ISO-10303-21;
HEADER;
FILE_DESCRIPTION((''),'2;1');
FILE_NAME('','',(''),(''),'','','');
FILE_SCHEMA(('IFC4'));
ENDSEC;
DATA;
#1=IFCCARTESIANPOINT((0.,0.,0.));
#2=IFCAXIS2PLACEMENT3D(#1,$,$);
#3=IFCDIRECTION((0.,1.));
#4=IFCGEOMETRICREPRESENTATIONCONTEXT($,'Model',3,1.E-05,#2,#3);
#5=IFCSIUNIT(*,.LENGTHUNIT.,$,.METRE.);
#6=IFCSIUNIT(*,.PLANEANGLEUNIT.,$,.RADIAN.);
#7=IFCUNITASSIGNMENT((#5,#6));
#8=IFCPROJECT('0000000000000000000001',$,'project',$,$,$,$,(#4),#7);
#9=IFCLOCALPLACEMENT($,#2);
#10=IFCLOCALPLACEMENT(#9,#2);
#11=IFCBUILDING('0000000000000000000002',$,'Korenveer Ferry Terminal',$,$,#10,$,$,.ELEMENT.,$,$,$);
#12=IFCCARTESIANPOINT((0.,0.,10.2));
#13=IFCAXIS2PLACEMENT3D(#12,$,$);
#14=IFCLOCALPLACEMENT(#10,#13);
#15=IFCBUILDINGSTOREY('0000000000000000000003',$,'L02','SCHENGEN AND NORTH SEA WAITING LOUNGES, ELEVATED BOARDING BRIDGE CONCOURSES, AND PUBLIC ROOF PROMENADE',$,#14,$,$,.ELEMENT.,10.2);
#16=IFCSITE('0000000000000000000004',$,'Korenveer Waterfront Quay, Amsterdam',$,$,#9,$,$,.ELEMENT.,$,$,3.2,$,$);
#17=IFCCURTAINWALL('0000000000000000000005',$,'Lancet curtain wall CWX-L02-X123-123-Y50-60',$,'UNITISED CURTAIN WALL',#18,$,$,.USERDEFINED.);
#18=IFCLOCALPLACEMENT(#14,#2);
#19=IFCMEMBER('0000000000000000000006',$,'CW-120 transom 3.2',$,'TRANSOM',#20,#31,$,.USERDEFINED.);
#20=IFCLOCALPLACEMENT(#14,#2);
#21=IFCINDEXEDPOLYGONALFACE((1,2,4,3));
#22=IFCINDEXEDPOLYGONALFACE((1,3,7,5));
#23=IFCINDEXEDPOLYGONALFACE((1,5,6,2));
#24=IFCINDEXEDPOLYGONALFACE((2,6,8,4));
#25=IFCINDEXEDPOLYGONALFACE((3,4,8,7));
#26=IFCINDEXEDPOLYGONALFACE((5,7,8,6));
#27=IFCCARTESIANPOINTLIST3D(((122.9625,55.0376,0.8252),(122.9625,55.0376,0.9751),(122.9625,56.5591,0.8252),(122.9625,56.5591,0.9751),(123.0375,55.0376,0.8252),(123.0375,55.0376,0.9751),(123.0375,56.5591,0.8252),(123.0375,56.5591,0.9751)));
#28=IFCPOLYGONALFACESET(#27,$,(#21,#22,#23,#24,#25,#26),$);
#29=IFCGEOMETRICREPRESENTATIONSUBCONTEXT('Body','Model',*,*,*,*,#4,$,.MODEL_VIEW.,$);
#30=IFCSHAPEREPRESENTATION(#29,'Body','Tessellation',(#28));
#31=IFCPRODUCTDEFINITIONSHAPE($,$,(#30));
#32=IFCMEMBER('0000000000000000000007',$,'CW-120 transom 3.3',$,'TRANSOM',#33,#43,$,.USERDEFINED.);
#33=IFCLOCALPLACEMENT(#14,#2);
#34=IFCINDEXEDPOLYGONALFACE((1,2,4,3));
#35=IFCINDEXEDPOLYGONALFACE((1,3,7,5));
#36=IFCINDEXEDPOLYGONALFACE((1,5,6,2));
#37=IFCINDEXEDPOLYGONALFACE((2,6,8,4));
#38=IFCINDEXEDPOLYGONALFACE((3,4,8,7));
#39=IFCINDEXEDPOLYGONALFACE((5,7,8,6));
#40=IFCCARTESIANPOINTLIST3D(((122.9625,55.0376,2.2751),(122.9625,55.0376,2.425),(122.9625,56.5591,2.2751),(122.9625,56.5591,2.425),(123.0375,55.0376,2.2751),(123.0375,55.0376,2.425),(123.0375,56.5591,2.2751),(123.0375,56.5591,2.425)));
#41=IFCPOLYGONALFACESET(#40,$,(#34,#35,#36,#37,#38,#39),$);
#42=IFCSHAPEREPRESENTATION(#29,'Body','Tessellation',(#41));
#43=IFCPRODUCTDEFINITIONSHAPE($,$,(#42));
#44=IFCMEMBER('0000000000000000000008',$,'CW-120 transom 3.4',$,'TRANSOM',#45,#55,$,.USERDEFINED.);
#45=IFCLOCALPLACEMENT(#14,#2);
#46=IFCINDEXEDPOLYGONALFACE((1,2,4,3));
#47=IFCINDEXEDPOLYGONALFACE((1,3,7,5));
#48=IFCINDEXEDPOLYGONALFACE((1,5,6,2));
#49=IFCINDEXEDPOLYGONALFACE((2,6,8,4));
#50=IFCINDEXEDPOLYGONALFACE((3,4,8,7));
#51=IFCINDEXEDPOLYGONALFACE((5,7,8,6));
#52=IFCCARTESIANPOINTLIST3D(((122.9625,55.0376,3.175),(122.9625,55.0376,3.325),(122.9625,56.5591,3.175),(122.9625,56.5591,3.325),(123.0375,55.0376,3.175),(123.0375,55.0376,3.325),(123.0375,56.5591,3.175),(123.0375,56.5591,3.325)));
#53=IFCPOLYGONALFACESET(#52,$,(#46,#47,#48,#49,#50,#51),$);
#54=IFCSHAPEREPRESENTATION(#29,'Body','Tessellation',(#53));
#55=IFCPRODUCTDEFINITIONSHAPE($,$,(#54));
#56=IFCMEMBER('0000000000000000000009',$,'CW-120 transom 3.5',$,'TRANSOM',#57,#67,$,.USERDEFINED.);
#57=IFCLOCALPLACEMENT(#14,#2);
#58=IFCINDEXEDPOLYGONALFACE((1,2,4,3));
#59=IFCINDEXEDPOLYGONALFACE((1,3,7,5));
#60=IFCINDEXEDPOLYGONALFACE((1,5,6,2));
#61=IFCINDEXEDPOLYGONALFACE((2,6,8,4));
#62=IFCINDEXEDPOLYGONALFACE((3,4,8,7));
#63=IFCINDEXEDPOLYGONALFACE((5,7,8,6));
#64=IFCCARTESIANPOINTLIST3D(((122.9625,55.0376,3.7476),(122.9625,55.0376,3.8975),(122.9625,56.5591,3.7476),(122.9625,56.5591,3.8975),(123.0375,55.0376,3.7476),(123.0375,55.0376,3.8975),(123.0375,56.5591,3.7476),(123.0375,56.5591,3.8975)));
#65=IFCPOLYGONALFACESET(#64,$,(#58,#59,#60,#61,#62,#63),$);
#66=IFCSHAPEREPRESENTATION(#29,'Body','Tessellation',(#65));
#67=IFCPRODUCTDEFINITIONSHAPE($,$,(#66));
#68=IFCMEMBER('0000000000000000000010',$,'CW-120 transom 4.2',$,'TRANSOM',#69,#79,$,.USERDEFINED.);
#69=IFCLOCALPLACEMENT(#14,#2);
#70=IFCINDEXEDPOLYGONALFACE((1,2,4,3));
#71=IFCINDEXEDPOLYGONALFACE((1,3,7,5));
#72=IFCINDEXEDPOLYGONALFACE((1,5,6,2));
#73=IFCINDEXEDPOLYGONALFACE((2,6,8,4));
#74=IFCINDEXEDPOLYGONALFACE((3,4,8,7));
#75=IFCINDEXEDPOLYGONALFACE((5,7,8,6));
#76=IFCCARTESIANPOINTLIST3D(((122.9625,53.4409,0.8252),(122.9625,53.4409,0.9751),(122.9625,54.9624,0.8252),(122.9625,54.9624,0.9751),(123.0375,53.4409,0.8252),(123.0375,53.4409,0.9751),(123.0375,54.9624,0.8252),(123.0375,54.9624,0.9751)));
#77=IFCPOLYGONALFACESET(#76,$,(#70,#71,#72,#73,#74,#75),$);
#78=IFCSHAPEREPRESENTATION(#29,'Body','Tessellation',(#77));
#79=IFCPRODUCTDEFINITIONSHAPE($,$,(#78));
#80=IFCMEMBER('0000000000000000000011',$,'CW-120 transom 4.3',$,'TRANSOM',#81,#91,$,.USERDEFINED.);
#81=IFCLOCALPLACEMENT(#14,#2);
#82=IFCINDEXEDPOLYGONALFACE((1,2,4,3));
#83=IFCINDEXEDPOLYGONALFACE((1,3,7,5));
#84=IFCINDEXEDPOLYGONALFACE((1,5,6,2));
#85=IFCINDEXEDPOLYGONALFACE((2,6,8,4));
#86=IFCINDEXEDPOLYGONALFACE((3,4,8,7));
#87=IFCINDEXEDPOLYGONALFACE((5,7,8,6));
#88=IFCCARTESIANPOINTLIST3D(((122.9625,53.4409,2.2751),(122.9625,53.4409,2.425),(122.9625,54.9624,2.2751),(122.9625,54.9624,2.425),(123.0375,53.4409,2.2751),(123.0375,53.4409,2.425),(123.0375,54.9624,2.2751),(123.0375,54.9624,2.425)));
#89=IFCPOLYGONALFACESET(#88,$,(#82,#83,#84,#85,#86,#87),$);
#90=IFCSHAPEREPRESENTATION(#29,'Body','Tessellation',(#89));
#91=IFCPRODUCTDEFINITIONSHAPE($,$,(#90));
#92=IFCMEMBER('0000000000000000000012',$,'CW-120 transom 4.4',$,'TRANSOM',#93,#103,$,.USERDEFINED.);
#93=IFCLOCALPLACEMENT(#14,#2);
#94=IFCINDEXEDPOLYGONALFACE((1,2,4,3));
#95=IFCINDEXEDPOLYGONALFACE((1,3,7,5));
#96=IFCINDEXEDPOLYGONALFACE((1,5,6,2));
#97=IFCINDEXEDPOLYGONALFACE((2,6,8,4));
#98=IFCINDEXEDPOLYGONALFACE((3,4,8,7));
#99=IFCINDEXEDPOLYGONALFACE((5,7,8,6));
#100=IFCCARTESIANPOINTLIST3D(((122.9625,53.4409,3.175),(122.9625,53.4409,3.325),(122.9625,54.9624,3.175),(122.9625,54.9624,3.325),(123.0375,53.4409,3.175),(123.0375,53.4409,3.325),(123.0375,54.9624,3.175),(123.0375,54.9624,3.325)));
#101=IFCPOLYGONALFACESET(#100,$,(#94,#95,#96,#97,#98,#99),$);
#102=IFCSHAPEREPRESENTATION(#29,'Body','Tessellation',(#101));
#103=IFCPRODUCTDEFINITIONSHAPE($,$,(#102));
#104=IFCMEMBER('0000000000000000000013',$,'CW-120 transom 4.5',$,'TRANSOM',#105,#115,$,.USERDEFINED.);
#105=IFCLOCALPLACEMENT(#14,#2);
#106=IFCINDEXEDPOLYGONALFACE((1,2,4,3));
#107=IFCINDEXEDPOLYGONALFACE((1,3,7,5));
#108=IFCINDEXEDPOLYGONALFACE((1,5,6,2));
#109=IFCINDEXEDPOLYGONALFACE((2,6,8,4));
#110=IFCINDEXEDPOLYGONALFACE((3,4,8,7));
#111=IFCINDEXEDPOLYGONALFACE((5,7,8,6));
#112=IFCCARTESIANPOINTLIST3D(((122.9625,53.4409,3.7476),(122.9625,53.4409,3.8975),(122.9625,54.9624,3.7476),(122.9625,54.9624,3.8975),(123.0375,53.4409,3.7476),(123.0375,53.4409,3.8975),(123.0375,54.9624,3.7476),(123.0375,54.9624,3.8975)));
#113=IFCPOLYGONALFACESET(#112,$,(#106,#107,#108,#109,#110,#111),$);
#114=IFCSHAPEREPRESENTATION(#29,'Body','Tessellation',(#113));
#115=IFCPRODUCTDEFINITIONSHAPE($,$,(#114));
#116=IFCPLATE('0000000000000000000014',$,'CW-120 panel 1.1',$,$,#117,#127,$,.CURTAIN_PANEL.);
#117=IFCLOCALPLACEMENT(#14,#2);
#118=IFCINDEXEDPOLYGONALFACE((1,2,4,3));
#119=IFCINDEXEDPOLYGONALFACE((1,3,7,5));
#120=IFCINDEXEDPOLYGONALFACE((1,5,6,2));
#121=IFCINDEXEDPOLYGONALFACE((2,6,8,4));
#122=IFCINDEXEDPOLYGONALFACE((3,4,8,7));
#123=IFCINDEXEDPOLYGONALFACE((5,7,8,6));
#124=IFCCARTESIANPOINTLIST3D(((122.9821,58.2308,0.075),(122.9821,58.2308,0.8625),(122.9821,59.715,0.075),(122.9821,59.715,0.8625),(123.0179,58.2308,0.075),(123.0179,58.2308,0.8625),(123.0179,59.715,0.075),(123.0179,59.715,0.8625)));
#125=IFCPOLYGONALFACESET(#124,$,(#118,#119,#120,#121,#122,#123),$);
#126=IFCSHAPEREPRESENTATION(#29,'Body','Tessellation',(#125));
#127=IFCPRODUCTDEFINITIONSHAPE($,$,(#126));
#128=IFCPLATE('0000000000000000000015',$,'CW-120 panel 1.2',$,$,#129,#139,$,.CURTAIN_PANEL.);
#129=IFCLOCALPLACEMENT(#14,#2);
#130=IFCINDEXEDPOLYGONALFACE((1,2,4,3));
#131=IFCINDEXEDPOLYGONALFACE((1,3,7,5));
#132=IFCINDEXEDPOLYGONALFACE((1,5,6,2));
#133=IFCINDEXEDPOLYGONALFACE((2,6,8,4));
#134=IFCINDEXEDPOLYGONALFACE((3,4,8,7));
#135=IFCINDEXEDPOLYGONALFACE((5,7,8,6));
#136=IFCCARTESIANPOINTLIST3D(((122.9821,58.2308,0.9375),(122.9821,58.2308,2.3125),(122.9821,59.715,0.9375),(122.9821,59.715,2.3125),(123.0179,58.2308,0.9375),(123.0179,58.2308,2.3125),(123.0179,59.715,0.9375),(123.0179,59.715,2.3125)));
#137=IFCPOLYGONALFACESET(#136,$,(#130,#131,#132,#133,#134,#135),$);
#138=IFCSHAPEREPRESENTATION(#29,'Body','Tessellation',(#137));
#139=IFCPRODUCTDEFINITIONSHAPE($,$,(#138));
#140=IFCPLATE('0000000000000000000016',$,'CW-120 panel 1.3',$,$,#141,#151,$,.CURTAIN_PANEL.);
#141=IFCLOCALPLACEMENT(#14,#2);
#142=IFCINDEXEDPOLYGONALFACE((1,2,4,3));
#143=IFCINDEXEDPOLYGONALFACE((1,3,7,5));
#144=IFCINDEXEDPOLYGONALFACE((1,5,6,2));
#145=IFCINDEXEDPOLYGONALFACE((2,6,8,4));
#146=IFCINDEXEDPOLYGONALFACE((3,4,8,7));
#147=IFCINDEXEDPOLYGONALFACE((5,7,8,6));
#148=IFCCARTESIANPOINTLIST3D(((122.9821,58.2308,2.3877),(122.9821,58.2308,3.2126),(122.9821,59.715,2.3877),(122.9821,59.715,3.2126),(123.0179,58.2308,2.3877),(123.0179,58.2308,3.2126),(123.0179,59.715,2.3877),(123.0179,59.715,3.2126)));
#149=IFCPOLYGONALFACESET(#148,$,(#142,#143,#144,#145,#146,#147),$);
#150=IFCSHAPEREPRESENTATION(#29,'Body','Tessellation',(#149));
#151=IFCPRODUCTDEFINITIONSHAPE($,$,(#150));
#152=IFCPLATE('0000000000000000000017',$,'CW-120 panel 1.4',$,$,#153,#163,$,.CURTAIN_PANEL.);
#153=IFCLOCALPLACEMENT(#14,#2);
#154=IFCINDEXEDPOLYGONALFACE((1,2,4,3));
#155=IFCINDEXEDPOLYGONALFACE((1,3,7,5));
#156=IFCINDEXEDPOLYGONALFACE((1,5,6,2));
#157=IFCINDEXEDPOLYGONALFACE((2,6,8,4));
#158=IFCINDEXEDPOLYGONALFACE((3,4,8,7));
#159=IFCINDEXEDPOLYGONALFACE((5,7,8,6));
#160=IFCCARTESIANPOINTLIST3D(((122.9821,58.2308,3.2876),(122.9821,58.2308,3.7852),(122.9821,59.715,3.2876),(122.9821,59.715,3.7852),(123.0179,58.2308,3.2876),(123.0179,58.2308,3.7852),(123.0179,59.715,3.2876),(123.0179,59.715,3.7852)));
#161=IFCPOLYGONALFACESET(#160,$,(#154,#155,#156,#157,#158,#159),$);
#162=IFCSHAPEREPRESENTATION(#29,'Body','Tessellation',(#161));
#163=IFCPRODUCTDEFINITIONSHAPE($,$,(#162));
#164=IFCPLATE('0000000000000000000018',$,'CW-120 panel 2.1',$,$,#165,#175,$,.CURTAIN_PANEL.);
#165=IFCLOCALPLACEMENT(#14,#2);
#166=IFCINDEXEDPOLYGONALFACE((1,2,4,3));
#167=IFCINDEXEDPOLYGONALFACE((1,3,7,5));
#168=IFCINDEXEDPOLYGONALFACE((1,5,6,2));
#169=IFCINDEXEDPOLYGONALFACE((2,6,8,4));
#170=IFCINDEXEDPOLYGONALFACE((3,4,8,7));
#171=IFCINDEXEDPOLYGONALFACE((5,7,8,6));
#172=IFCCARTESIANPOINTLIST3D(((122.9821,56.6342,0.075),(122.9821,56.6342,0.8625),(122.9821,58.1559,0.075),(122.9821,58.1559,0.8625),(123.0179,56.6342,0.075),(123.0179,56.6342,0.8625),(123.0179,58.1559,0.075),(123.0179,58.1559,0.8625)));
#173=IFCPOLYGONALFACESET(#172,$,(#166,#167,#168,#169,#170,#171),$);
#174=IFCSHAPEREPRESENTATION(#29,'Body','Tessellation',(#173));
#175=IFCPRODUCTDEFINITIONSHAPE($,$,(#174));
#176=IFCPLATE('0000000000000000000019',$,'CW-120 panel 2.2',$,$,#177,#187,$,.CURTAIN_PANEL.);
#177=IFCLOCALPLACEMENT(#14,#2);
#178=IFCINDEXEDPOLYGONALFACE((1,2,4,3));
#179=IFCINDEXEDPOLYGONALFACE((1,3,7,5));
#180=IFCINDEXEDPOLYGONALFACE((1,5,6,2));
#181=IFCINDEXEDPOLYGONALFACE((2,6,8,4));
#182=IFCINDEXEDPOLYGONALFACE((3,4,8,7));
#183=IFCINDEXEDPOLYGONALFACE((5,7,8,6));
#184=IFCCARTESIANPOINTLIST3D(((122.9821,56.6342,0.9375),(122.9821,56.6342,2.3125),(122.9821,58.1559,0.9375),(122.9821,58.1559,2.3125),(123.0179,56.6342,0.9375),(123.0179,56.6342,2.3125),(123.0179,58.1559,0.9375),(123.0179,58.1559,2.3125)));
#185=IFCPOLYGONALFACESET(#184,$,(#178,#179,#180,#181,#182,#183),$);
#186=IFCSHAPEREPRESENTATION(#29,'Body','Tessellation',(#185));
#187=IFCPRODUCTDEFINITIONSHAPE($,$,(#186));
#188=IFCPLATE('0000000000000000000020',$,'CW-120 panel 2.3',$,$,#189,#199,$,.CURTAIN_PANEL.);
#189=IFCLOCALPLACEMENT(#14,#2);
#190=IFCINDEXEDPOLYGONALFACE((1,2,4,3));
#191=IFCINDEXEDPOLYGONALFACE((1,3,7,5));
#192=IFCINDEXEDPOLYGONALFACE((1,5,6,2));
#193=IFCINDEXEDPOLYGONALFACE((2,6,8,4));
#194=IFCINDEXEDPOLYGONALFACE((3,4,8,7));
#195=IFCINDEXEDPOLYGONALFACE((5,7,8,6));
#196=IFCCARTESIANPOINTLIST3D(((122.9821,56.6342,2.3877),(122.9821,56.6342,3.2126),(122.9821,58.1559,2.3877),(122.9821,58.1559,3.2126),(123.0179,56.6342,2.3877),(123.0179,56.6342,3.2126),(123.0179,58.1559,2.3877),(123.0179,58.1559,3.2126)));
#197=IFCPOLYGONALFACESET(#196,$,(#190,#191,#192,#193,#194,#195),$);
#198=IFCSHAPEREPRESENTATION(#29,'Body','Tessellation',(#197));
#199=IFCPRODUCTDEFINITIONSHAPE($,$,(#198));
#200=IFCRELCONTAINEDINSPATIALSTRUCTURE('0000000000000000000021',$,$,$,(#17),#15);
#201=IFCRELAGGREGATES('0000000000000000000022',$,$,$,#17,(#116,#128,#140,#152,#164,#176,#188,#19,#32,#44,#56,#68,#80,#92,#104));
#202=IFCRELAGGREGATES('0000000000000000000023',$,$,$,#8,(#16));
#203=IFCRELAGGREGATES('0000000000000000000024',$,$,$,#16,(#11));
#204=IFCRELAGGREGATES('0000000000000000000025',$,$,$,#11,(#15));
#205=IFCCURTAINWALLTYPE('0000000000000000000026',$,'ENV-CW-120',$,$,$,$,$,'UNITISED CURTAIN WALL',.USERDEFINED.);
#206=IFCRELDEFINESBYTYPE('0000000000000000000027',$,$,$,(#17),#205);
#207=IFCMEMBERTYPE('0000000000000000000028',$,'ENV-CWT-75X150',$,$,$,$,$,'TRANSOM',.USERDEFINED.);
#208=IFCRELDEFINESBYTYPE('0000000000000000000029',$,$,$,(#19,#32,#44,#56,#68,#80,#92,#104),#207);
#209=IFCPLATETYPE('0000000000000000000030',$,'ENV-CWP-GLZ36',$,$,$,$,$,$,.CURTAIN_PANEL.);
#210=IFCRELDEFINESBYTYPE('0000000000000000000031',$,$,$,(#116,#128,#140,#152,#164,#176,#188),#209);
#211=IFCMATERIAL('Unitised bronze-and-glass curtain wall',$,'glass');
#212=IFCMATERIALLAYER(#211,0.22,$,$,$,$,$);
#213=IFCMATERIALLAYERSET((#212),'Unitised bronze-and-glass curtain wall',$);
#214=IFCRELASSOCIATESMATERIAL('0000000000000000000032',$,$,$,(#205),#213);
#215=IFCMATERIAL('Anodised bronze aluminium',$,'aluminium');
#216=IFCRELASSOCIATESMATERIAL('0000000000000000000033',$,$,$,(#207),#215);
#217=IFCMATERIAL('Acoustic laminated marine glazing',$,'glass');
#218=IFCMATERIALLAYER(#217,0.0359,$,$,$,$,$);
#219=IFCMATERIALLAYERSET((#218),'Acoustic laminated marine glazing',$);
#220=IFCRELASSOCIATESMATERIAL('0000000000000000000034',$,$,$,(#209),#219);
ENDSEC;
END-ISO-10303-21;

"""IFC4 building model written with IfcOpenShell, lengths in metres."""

from ifc_helpers import new_model, si_unit, direction, frame, origin, origin_2d, place, context, subcontext, project, spatial, rectangle, extrude, material, layer, layer_set, material_profile, profile_set, type_object, element, aggregate, save


model = new_model("IFC4")

# Units and contexts
model_context = context("Model", 3, precision=1e-05, world=origin(), true_north=direction((0.0, 1.0)))
body_context = subcontext(model_context, "Body", "Model", "MODEL_VIEW")
ifc_project = project(units=[si_unit("LENGTHUNIT", "METRE"), si_unit("PLANEANGLEUNIT", "RADIAN")], contexts=[model_context])

# Site, building, storey
site_placement = place(None, origin())
site = spatial("IfcSite", under=ifc_project, at=site_placement, Name="Korenveer Waterfront Quay, Amsterdam", CompositionType="ELEMENT", RefElevation=3.2)
building_placement = place(site_placement, origin())
building = spatial("IfcBuilding", under=site, at=building_placement, Name="Korenveer Ferry Terminal", CompositionType="ELEMENT")
storey_placement = place(building_placement, frame((0.0, 0.0, 10.2)))
storey = spatial("IfcBuildingStorey", under=building, at=storey_placement, Name="L02", Description="SCHENGEN AND NORTH SEA WAITING LOUNGES, ELEVATED BOARDING BRIDGE CONCOURSES, AND PUBLIC ROOF PROMENADE", CompositionType="ELEMENT", Elevation=10.2)

# Curtain wall, members, plates
ifc_material_1 = material(Name="Unitised bronze-and-glass curtain wall", Category="glass")
ifc_layer_1 = layer(ifc_material_1, 0.22)
ifc_layer_set_1 = layer_set([ifc_layer_1], Name="Unitised bronze-and-glass curtain wall")
curtain_wall_type = type_object("IfcCurtainWallType", Name="ENV-CW-120", ElementType="UNITISED CURTAIN WALL", PredefinedType="USERDEFINED", material=ifc_layer_set_1)
curtain_wall_placement = place(storey_placement, frame((123.0, 59.79, 0.0)))
curtain_wall = element("IfcCurtainWall", 1, at=curtain_wall_placement, inside=storey, type_object=curtain_wall_type, Name="Lancet curtain wall CWX-L02-X123-123-Y50-60", ObjectType="UNITISED CURTAIN WALL", PredefinedType="USERDEFINED")
ifc_material_2 = material(Name="Anodised bronze aluminium", Category="aluminium")
ifc_material_profile_1 = material_profile(ifc_material_2, rectangle(XDim=0.075, YDim=0.1499, at=origin_2d()), Name="ALU 75x150")
ifc_profile_set_1 = profile_set([ifc_material_profile_1], Name="Anodised bronze aluminium")
member_type_1 = type_object("IfcMemberType", Name="ENV-CWT-75X150", ElementType="TRANSOM", PredefinedType="USERDEFINED", material=ifc_profile_set_1)
member_1_placement = place(storey_placement, frame((123.0, 56.5591, 0.9001), z_axis=(0.0, -1.0, 0.0), x_axis=(1.0, 0.0, 0.0)))
member_1 = element("IfcMember", 2, at=member_1_placement, type_object=member_type_1, Name="CW-120 transom 3.2", ObjectType="TRANSOM", PredefinedType="USERDEFINED", context=body_context, shape_type="SweptSolid", body=[
    extrude(rectangle(XDim=0.075, YDim=0.1499, at=origin_2d()), origin(), (0.0, 0.0, 1.0), 1.5215),
])
member_2_placement = place(storey_placement, frame((123.0, 56.5591, 2.3501), z_axis=(0.0, -1.0, 0.0), x_axis=(1.0, 0.0, 0.0)))
member_2 = element("IfcMember", 3, at=member_2_placement, type_object=member_type_1, Name="CW-120 transom 3.3", ObjectType="TRANSOM", PredefinedType="USERDEFINED", context=body_context, shape_type="SweptSolid", body=[
    extrude(rectangle(XDim=0.075, YDim=0.1499, at=origin_2d()), origin(), (0.0, 0.0, 1.0), 1.5215),
])
member_3_placement = place(storey_placement, frame((123.0, 56.5591, 3.25), z_axis=(0.0, -1.0, 0.0), x_axis=(1.0, 0.0, 0.0)))
member_3 = element("IfcMember", 4, at=member_3_placement, type_object=member_type_1, Name="CW-120 transom 3.4", ObjectType="TRANSOM", PredefinedType="USERDEFINED", context=body_context, shape_type="SweptSolid", body=[
    extrude(rectangle(XDim=0.075, YDim=0.1499, at=origin_2d()), origin(), (0.0, 0.0, 1.0), 1.5215),
])
member_4_placement = place(storey_placement, frame((123.0, 56.5591, 3.8225), z_axis=(0.0, -1.0, 0.0), x_axis=(1.0, 0.0, 0.0)))
member_4 = element("IfcMember", 5, at=member_4_placement, type_object=member_type_1, Name="CW-120 transom 3.5", ObjectType="TRANSOM", PredefinedType="USERDEFINED", context=body_context, shape_type="SweptSolid", body=[
    extrude(rectangle(XDim=0.075, YDim=0.1499, at=origin_2d()), origin(), (0.0, 0.0, 1.0), 1.5215),
])
member_5_placement = place(storey_placement, frame((123.0, 54.9624, 0.9001), z_axis=(0.0, -1.0, 0.0), x_axis=(1.0, 0.0, 0.0)))
member_5 = element("IfcMember", 6, at=member_5_placement, type_object=member_type_1, Name="CW-120 transom 4.2", ObjectType="TRANSOM", PredefinedType="USERDEFINED", context=body_context, shape_type="SweptSolid", body=[
    extrude(rectangle(XDim=0.075, YDim=0.1499, at=origin_2d()), origin(), (0.0, 0.0, 1.0), 1.5215),
])
member_6_placement = place(storey_placement, frame((123.0, 54.9624, 2.3501), z_axis=(0.0, -1.0, 0.0), x_axis=(1.0, 0.0, 0.0)))
member_6 = element("IfcMember", 7, at=member_6_placement, type_object=member_type_1, Name="CW-120 transom 4.3", ObjectType="TRANSOM", PredefinedType="USERDEFINED", context=body_context, shape_type="SweptSolid", body=[
    extrude(rectangle(XDim=0.075, YDim=0.1499, at=origin_2d()), origin(), (0.0, 0.0, 1.0), 1.5215),
])
member_7_placement = place(storey_placement, frame((123.0, 54.9624, 3.25), z_axis=(0.0, -1.0, 0.0), x_axis=(1.0, 0.0, 0.0)))
member_7 = element("IfcMember", 8, at=member_7_placement, type_object=member_type_1, Name="CW-120 transom 4.4", ObjectType="TRANSOM", PredefinedType="USERDEFINED", context=body_context, shape_type="SweptSolid", body=[
    extrude(rectangle(XDim=0.075, YDim=0.1499, at=origin_2d()), origin(), (0.0, 0.0, 1.0), 1.5215),
])
member_8_placement = place(storey_placement, frame((123.0, 54.9624, 3.8225), z_axis=(0.0, -1.0, 0.0), x_axis=(1.0, 0.0, 0.0)))
member_8 = element("IfcMember", 9, at=member_8_placement, type_object=member_type_1, Name="CW-120 transom 4.5", ObjectType="TRANSOM", PredefinedType="USERDEFINED", context=body_context, shape_type="SweptSolid", body=[
    extrude(rectangle(XDim=0.075, YDim=0.1499, at=origin_2d()), origin(), (0.0, 0.0, 1.0), 1.5215),
])
ifc_material_3 = material(Name="Acoustic laminated marine glazing", Category="glass")
ifc_layer_2 = layer(ifc_material_3, 0.0359)
ifc_layer_set_2 = layer_set([ifc_layer_2], Name="Acoustic laminated marine glazing")
plate_type = type_object("IfcPlateType", Name="ENV-CWP-GLZ36", PredefinedType="CURTAIN_PANEL", material=ifc_layer_set_2)
plate_1_placement = place(storey_placement, frame((123.0, 58.9729, 0.075), z_axis=(0.0, 0.0, 1.0), x_axis=(0.0, -1.0, 0.0)))
plate_1 = element("IfcPlate", 10, at=plate_1_placement, type_object=plate_type, Name="CW-120 panel 1.1", PredefinedType="CURTAIN_PANEL", context=body_context, shape_type="SweptSolid", body=[
    extrude(rectangle(XDim=1.4841, YDim=0.0359, at=origin_2d()), origin(), (0.0, 0.0, 1.0), 0.7876),
])
plate_2_placement = place(storey_placement, frame((123.0, 58.9729, 0.9375), z_axis=(0.0, 0.0, 1.0), x_axis=(0.0, -1.0, 0.0)))
plate_2 = element("IfcPlate", 11, at=plate_2_placement, type_object=plate_type, Name="CW-120 panel 1.2", PredefinedType="CURTAIN_PANEL", context=body_context, shape_type="SweptSolid", body=[
    extrude(rectangle(XDim=1.4841, YDim=0.0359, at=origin_2d()), origin(), (0.0, 0.0, 1.0), 1.375),
])
plate_3_placement = place(storey_placement, frame((123.0, 58.9729, 2.3877), z_axis=(0.0, 0.0, 1.0), x_axis=(0.0, -1.0, 0.0)))
plate_3 = element("IfcPlate", 12, at=plate_3_placement, type_object=plate_type, Name="CW-120 panel 1.3", PredefinedType="CURTAIN_PANEL", context=body_context, shape_type="SweptSolid", body=[
    extrude(rectangle(XDim=1.4841, YDim=0.0359, at=origin_2d()), origin(), (0.0, 0.0, 1.0), 0.825),
])
plate_4_placement = place(storey_placement, frame((123.0, 58.9729, 3.2876), z_axis=(0.0, 0.0, 1.0), x_axis=(0.0, -1.0, 0.0)))
plate_4 = element("IfcPlate", 13, at=plate_4_placement, type_object=plate_type, Name="CW-120 panel 1.4", PredefinedType="CURTAIN_PANEL", context=body_context, shape_type="SweptSolid", body=[
    extrude(rectangle(XDim=1.4841, YDim=0.0359, at=origin_2d()), origin(), (0.0, 0.0, 1.0), 0.4976),
])
plate_5_placement = place(storey_placement, frame((123.0, 57.395, 0.075), z_axis=(0.0, 0.0, 1.0), x_axis=(0.0, -1.0, 0.0)))
plate_5 = element("IfcPlate", 14, at=plate_5_placement, type_object=plate_type, Name="CW-120 panel 2.1", PredefinedType="CURTAIN_PANEL", context=body_context, shape_type="SweptSolid", body=[
    extrude(rectangle(XDim=1.5217, YDim=0.0359, at=origin_2d()), origin(), (0.0, 0.0, 1.0), 0.7876),
])
plate_6_placement = place(storey_placement, frame((123.0, 57.395, 0.9375), z_axis=(0.0, 0.0, 1.0), x_axis=(0.0, -1.0, 0.0)))
plate_6 = element("IfcPlate", 15, at=plate_6_placement, type_object=plate_type, Name="CW-120 panel 2.2", PredefinedType="CURTAIN_PANEL", context=body_context, shape_type="SweptSolid", body=[
    extrude(rectangle(XDim=1.5217, YDim=0.0359, at=origin_2d()), origin(), (0.0, 0.0, 1.0), 1.375),
])
plate_7_placement = place(storey_placement, frame((123.0, 57.395, 2.3877), z_axis=(0.0, 0.0, 1.0), x_axis=(0.0, -1.0, 0.0)))
plate_7 = element("IfcPlate", 16, at=plate_7_placement, type_object=plate_type, Name="CW-120 panel 2.3", PredefinedType="CURTAIN_PANEL", context=body_context, shape_type="SweptSolid", body=[
    extrude(rectangle(XDim=1.5217, YDim=0.0359, at=origin_2d()), origin(), (0.0, 0.0, 1.0), 0.825),
])
aggregate(curtain_wall, [plate_1, plate_2, plate_3, plate_4, plate_5, plate_6, plate_7, member_1, member_2, member_3, member_4, member_5, member_6, member_7, member_8])

save(model, "model.ifc")
